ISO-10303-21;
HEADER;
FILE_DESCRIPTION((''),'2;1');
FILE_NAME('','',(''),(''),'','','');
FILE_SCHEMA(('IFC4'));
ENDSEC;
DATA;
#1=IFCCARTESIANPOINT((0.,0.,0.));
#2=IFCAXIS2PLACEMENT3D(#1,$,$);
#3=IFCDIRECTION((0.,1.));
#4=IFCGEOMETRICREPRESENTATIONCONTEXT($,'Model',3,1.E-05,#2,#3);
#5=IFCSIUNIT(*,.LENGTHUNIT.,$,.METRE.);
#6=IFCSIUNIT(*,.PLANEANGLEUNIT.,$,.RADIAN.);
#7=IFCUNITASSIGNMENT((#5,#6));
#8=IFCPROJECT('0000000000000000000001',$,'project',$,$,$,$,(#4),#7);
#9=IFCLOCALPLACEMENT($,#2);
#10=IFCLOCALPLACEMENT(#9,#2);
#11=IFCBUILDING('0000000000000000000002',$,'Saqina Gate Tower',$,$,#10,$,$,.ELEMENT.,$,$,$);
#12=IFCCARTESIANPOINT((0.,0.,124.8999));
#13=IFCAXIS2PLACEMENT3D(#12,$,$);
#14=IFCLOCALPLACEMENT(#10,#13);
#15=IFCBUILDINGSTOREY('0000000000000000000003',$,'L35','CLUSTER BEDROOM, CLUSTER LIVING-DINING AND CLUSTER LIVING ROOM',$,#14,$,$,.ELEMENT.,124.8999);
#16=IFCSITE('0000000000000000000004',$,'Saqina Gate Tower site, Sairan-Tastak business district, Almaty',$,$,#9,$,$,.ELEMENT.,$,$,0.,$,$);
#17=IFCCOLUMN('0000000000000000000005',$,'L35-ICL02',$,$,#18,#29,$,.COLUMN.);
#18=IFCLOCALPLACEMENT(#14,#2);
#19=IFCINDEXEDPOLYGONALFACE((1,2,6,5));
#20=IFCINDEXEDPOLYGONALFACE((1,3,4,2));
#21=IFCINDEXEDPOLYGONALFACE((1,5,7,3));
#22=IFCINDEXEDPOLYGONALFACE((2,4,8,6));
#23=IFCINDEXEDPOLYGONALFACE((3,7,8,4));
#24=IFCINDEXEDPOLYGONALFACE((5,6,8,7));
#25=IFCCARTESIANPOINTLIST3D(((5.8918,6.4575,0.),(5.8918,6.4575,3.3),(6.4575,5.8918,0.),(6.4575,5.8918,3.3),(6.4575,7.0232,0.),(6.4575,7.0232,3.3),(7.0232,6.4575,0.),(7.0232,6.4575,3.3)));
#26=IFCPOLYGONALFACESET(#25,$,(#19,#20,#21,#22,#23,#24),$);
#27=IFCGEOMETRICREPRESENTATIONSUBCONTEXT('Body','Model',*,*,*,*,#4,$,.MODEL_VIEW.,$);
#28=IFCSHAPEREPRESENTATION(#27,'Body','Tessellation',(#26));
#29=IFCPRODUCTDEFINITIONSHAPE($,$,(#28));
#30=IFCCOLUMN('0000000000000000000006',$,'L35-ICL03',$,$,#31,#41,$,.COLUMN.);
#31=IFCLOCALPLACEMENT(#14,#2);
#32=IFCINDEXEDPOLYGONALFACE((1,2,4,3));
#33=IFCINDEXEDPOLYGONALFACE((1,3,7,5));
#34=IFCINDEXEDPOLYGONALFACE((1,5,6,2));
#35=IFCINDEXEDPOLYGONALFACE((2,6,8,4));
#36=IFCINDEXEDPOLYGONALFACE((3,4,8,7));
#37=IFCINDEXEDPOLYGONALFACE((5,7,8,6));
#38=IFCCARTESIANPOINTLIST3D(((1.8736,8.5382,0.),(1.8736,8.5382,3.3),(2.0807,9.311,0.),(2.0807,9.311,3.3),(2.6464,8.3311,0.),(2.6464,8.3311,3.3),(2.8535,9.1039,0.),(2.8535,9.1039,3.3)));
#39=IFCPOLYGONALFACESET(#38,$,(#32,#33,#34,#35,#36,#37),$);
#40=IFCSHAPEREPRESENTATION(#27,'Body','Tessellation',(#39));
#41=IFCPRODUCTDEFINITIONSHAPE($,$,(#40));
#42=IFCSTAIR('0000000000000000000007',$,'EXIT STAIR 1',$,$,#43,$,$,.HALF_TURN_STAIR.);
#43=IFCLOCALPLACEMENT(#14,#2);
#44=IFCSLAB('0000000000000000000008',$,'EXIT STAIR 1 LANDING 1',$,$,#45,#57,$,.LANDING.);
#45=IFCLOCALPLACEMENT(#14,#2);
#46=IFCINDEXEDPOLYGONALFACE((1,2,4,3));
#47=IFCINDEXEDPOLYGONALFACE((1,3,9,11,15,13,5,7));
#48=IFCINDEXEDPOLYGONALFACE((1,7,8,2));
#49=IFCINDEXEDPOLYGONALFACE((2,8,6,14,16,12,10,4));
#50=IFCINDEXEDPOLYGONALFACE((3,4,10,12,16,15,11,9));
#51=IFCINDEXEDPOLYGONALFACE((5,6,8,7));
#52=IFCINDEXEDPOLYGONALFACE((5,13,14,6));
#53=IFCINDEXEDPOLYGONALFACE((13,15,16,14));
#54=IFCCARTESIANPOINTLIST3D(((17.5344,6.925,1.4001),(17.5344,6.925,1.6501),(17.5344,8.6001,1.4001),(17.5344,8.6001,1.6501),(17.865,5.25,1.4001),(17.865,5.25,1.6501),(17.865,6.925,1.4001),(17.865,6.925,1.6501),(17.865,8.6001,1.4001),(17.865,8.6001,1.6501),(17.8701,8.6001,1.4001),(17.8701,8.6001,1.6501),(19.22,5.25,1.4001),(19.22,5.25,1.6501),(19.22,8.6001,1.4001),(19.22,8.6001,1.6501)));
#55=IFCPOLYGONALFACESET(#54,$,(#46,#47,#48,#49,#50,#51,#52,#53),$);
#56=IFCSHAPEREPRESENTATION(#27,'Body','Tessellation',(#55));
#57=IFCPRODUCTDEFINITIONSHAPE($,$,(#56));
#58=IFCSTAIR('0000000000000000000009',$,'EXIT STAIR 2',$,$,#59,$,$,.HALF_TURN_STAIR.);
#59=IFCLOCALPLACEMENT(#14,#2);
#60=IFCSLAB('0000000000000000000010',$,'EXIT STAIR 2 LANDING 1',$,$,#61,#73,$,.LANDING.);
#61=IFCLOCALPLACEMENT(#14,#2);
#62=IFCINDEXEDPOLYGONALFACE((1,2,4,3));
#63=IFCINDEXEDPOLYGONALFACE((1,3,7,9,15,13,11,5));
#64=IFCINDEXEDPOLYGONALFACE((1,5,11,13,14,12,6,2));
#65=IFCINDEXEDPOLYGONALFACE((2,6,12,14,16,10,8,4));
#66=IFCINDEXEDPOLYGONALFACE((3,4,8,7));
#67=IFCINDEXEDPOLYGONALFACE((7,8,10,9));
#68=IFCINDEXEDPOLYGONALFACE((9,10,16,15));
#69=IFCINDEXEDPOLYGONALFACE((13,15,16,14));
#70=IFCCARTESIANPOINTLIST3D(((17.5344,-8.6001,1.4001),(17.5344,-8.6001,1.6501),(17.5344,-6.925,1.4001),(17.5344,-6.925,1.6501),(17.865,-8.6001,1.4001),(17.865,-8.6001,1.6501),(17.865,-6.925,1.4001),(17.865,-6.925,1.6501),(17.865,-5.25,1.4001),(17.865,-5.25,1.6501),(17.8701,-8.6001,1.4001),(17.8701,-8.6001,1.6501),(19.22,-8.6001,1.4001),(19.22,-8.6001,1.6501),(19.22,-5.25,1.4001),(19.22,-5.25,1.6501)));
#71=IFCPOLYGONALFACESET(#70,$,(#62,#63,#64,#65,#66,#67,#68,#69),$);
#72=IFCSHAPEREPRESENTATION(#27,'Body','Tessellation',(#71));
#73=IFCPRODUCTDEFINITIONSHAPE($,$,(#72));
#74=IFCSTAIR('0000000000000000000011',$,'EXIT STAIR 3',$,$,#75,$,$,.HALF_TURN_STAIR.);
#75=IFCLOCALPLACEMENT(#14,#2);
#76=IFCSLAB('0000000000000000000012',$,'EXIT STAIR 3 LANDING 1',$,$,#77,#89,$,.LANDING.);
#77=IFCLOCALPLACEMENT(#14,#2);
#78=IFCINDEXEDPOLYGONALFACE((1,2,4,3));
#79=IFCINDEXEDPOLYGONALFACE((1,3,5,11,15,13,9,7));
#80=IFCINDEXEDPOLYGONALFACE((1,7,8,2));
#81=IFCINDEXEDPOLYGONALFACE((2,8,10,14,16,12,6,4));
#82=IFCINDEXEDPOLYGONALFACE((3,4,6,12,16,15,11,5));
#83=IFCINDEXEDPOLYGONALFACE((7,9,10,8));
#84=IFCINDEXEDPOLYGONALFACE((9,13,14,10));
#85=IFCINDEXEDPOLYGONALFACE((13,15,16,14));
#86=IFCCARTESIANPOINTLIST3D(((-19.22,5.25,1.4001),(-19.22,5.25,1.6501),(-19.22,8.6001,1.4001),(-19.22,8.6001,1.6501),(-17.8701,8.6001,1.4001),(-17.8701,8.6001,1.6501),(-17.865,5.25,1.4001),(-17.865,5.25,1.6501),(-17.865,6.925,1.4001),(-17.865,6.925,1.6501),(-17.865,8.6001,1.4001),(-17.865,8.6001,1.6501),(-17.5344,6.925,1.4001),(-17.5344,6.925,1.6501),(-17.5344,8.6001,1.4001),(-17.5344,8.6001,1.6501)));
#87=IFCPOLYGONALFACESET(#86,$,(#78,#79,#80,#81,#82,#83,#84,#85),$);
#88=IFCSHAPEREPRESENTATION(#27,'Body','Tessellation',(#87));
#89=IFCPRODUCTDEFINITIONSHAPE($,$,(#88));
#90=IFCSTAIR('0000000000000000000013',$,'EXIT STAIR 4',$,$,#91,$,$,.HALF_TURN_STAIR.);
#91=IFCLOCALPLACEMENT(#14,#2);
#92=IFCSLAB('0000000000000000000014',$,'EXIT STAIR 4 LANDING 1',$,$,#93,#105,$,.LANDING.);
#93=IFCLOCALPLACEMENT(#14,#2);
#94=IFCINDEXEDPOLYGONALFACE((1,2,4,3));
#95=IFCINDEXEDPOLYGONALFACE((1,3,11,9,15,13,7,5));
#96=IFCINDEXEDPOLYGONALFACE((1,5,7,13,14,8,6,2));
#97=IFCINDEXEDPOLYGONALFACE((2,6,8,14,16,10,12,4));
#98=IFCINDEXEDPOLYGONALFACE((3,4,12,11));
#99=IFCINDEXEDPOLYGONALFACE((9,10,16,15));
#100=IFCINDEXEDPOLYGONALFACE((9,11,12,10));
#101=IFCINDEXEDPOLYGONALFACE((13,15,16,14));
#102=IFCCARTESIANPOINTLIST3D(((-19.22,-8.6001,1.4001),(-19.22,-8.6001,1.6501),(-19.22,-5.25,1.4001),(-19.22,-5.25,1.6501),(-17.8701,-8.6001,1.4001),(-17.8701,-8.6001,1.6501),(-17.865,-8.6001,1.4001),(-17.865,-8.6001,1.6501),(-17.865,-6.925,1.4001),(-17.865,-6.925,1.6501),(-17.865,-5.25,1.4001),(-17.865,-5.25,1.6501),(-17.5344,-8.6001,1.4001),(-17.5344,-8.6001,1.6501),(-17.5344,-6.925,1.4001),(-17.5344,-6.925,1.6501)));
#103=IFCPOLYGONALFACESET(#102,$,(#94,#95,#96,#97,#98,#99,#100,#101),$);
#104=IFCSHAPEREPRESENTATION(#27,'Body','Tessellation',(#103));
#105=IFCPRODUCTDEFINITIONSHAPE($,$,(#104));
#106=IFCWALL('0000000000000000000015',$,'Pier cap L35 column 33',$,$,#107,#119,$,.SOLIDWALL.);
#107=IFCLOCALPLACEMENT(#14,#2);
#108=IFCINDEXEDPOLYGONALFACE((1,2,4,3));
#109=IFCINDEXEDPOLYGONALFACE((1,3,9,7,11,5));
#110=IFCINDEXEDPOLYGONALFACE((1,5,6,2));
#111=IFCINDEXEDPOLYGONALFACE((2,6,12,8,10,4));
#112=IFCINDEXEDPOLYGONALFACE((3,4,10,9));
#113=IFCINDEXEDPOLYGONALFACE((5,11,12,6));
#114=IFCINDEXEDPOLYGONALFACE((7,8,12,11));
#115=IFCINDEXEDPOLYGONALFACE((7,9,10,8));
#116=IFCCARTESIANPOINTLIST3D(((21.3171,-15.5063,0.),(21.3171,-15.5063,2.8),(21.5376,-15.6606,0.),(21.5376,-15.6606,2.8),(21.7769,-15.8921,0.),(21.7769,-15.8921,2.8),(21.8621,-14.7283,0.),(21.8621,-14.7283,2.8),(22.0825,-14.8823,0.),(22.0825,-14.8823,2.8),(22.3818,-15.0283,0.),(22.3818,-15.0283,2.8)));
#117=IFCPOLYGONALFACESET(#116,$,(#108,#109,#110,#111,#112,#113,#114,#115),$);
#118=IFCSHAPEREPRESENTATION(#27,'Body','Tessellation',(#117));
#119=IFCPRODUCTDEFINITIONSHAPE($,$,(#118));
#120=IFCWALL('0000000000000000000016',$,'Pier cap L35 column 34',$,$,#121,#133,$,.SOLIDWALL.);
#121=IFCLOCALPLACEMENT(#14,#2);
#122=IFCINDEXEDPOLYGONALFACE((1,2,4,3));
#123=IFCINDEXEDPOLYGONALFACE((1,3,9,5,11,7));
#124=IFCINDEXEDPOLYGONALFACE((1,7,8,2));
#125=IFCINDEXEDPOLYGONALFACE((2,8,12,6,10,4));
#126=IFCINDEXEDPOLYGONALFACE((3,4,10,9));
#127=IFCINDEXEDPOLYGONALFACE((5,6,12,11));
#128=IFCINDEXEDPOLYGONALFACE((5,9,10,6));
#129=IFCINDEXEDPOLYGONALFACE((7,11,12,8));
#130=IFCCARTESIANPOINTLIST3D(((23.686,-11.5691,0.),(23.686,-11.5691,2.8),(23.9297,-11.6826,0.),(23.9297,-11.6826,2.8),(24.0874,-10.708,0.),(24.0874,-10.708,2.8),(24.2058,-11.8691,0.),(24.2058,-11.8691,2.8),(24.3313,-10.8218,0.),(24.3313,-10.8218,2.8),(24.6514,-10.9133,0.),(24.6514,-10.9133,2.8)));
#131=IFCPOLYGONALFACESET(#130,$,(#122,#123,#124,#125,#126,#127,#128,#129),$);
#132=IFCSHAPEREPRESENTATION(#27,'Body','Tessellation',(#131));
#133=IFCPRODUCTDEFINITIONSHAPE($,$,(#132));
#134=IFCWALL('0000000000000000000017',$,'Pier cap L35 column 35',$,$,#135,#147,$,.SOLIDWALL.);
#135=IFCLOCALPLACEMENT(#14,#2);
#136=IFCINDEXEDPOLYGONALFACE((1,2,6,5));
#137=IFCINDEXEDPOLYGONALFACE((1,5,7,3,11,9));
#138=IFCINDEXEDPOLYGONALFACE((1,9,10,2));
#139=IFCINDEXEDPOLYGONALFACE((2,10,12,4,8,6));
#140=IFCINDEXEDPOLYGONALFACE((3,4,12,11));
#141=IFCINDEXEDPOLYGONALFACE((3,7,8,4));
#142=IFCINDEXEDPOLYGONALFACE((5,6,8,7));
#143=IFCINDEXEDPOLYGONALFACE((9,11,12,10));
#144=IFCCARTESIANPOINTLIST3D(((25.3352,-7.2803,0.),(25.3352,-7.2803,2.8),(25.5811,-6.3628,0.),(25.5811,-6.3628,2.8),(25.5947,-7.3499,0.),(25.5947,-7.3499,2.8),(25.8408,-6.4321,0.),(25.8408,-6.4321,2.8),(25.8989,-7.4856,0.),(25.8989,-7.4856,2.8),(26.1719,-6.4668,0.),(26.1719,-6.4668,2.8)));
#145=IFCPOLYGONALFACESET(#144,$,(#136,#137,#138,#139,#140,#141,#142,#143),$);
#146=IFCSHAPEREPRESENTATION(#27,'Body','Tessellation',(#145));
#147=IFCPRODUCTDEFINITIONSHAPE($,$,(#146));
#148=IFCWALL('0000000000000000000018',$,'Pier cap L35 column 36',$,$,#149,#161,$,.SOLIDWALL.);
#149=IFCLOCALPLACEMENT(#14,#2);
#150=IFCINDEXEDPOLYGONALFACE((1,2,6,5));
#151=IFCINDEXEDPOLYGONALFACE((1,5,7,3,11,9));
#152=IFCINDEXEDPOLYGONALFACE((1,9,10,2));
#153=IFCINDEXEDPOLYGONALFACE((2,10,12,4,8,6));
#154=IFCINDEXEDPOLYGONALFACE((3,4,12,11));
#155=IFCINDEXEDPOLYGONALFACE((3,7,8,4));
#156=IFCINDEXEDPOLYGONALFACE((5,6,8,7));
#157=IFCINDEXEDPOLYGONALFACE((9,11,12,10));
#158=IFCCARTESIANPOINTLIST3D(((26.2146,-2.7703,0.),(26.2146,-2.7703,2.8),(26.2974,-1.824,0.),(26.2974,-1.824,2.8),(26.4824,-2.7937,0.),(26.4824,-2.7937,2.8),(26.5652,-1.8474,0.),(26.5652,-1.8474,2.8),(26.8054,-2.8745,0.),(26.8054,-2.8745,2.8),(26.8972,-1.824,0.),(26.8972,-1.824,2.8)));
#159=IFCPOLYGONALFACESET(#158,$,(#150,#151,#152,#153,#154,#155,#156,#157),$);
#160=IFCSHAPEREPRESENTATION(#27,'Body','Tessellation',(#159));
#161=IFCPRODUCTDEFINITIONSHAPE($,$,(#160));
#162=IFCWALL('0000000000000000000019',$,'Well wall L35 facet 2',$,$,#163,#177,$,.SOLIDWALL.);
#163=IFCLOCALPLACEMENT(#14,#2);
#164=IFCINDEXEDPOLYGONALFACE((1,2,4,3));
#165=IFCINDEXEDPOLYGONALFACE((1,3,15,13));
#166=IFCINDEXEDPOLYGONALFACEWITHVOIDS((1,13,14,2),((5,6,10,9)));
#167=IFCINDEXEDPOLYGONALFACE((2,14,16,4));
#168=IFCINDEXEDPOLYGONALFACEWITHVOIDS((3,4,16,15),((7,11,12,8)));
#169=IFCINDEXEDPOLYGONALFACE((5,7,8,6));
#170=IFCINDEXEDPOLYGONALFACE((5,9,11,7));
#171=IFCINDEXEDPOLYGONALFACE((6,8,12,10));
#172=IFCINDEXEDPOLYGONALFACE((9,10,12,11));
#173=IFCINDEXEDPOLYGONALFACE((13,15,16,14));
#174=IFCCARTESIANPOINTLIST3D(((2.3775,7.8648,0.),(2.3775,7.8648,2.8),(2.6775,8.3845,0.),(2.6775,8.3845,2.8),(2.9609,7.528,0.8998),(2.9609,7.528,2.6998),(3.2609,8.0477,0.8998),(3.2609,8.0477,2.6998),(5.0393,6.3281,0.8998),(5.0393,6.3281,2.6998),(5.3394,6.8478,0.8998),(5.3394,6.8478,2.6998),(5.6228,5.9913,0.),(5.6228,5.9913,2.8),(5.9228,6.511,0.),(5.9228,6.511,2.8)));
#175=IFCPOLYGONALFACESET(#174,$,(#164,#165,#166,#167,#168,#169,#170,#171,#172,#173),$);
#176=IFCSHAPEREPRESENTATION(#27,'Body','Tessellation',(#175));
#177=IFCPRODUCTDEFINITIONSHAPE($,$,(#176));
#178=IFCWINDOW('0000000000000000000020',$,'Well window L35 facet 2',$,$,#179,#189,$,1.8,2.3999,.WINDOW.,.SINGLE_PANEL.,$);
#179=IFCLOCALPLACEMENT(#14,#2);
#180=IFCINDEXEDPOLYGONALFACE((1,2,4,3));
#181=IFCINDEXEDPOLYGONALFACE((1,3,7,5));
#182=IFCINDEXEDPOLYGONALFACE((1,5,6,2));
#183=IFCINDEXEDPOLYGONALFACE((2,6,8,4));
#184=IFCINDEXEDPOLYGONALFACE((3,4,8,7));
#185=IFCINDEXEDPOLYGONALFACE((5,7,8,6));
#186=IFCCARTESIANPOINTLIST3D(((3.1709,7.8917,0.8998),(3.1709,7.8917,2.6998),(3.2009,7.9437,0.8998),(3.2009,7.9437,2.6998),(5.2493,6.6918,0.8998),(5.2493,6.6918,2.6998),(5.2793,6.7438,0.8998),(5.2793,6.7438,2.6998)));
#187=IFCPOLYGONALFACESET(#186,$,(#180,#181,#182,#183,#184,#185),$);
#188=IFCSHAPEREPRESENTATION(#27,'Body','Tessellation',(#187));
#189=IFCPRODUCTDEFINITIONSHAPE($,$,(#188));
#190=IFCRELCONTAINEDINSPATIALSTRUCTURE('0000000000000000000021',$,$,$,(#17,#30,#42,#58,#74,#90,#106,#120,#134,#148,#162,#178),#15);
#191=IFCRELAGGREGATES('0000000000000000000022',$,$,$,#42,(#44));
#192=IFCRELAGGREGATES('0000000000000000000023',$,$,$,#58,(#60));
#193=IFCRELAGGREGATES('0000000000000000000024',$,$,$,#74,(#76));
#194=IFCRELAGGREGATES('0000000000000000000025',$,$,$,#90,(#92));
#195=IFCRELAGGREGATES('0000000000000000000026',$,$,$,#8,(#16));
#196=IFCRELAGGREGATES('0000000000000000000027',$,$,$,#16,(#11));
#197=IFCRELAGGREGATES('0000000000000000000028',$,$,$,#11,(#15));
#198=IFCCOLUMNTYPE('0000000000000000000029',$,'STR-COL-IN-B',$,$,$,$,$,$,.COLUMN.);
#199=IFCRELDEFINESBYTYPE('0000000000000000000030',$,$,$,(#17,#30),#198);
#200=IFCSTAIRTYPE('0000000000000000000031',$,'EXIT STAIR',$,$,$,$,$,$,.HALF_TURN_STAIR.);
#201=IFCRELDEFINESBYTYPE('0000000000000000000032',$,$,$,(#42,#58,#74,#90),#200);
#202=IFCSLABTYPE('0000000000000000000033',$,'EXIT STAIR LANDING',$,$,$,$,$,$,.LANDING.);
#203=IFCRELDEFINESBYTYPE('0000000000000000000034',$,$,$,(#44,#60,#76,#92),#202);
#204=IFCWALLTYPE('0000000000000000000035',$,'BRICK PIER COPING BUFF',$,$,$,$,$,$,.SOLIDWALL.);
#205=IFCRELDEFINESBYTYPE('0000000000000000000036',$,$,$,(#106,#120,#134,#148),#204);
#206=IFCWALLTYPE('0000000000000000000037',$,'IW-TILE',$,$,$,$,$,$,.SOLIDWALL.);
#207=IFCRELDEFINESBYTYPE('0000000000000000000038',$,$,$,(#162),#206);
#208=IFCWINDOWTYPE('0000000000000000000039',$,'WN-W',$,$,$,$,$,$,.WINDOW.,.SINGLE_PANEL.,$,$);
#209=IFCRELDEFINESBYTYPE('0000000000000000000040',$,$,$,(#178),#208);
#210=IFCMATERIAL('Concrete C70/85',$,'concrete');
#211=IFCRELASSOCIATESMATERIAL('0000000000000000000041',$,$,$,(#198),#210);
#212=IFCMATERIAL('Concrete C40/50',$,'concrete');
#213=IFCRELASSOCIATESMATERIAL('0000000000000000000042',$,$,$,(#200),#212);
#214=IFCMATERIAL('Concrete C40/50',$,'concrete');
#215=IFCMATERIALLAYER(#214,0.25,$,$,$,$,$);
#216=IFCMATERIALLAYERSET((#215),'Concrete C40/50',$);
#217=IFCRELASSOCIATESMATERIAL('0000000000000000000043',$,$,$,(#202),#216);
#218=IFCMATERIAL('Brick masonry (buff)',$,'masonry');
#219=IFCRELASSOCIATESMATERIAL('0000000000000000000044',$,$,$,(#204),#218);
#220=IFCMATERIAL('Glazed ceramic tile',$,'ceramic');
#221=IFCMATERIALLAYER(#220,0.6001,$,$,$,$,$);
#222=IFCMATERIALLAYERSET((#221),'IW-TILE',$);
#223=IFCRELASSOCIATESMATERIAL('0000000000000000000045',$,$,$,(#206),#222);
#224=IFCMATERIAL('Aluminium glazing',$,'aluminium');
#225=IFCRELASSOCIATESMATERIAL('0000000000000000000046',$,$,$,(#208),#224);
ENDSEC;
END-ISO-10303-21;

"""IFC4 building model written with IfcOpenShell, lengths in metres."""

from ifc_helpers import new_model, si_unit, direction, frame, frame_2d, origin, origin_2d, place, context, subcontext, project, spatial, polyline, rectangle, outline, extrude, material, layer, layer_set, material_profile, profile_set, type_object, element, fill, aggregate, save


model = new_model("IFC4")

# Units and contexts
model_context = context("Model", 3, precision=1e-05, world=origin(), true_north=direction((0.0, 1.0)))
body_context = subcontext(model_context, "Body", "Model", "MODEL_VIEW")
ifc_project = project(units=[si_unit("LENGTHUNIT", "METRE"), si_unit("PLANEANGLEUNIT", "RADIAN")], contexts=[model_context])

# Site, building, storey
site_placement = place(None, origin())
site = spatial("IfcSite", under=ifc_project, at=site_placement, Name="Saqina Gate Tower site, Sairan-Tastak business district, Almaty", CompositionType="ELEMENT", RefElevation=0.0)
building_placement = place(site_placement, origin())
building = spatial("IfcBuilding", under=site, at=building_placement, Name="Saqina Gate Tower", CompositionType="ELEMENT")
storey_placement = place(building_placement, frame((0.0, 0.0, 124.8999)))
storey = spatial("IfcBuildingStorey", under=building, at=storey_placement, Name="L35", Description="CLUSTER BEDROOM, CLUSTER LIVING-DINING AND CLUSTER LIVING ROOM", CompositionType="ELEMENT", Elevation=124.8999)

# Columns
ifc_material_1 = material(Name="Concrete C70/85", Category="concrete")
ifc_material_profile = material_profile(ifc_material_1, rectangle(XDim=0.8, YDim=0.8, at=origin_2d()), Name="RC 800x800")
ifc_profile_set = profile_set([ifc_material_profile], Name="Concrete C70/85")
column_type = type_object("IfcColumnType", Name="STR-COL-IN-B", PredefinedType="COLUMN", material=ifc_profile_set)
for number, where, z_axis, x_axis, name in (
    (1, (6.4575, 6.4575, 0.0), (0.0, 0.0, 1.0), (0.707107, 0.707107, 0.0), "L35-ICL02"),
    (2, (2.3635, 8.821, 0.0), (0.0, 0.0, 1.0), (0.258819, 0.965926, 0.0), "L35-ICL03"),
):
    element("IfcColumn", number, at=place(storey_placement, frame(where, z_axis=z_axis, x_axis=x_axis)), inside=storey, type_object=column_type, Name=name, PredefinedType="COLUMN", context=body_context, shape_type="SweptSolid", body=[
        extrude(rectangle(XDim=0.8, YDim=0.8, at=origin_2d()), origin(), (0.0, 0.0, 1.0), 3.3),
    ])

# Stairs, slabs
ifc_material_2 = material(Name="Concrete C40/50", Category="concrete")
stair_type = type_object("IfcStairType", Name="EXIT STAIR", PredefinedType="HALF_TURN_STAIR", material=ifc_material_2)
stair_1_placement = place(storey_placement, origin())
stair_1 = element("IfcStair", 3, at=stair_1_placement, inside=storey, type_object=stair_type, Name="EXIT STAIR 1", PredefinedType="HALF_TURN_STAIR")
ifc_material_3 = material(Name="Concrete C40/50", Category="concrete")
ifc_layer_1 = layer(ifc_material_3, 0.25)
ifc_layer_set_1 = layer_set([ifc_layer_1], Name="Concrete C40/50")
slab_type = type_object("IfcSlabType", Name="EXIT STAIR LANDING", PredefinedType="LANDING", material=ifc_layer_set_1)
slab_1_placement = place(storey_placement, frame((0.0, 0.0, 1.4001)))
slab_1 = element("IfcSlab", 4, at=slab_1_placement, type_object=slab_type, Name="EXIT STAIR 1 LANDING 1", PredefinedType="LANDING", context=body_context, shape_type="SweptSolid", body=[
    extrude(outline(polyline([(19.22, 8.6001), (19.22, 5.25), (17.865, 5.25), (17.865, 6.925), (17.5344, 6.925), (17.5344, 8.6001), (17.865, 8.6001), (17.8701, 8.6001), (19.22, 8.6001)])), origin(), (0.0, 0.0, 1.0), 0.25),
])
aggregate(stair_1, [slab_1])
stair_2_placement = place(storey_placement, origin())
stair_2 = element("IfcStair", 5, at=stair_2_placement, inside=storey, type_object=stair_type, Name="EXIT STAIR 2", PredefinedType="HALF_TURN_STAIR")
slab_2_placement = place(storey_placement, frame((0.0, 0.0, 1.4001)))
slab_2 = element("IfcSlab", 6, at=slab_2_placement, type_object=slab_type, Name="EXIT STAIR 2 LANDING 1", PredefinedType="LANDING", context=body_context, shape_type="SweptSolid", body=[
    extrude(outline(polyline([(17.5344, -8.6001), (17.5344, -6.925), (17.865, -6.925), (17.865, -5.25), (19.22, -5.25), (19.22, -8.6001), (17.8701, -8.6001), (17.865, -8.6001), (17.5344, -8.6001)])), origin(), (0.0, 0.0, 1.0), 0.25),
])
aggregate(stair_2, [slab_2])
stair_3_placement = place(storey_placement, origin())
stair_3 = element("IfcStair", 7, at=stair_3_placement, inside=storey, type_object=stair_type, Name="EXIT STAIR 3", PredefinedType="HALF_TURN_STAIR")
slab_3_placement = place(storey_placement, frame((0.0, 0.0, 1.4001)))
slab_3 = element("IfcSlab", 8, at=slab_3_placement, type_object=slab_type, Name="EXIT STAIR 3 LANDING 1", PredefinedType="LANDING", context=body_context, shape_type="SweptSolid", body=[
    extrude(outline(polyline([(-17.865, 5.25), (-19.22, 5.25), (-19.22, 8.6001), (-17.8701, 8.6001), (-17.865, 8.6001), (-17.5344, 8.6001), (-17.5344, 6.925), (-17.865, 6.925), (-17.865, 5.25)])), origin(), (0.0, 0.0, 1.0), 0.25),
])
aggregate(stair_3, [slab_3])
stair_4_placement = place(storey_placement, origin())
stair_4 = element("IfcStair", 9, at=stair_4_placement, inside=storey, type_object=stair_type, Name="EXIT STAIR 4", PredefinedType="HALF_TURN_STAIR")
slab_4_placement = place(storey_placement, frame((0.0, 0.0, 1.4001)))
slab_4 = element("IfcSlab", 10, at=slab_4_placement, type_object=slab_type, Name="EXIT STAIR 4 LANDING 1", PredefinedType="LANDING", context=body_context, shape_type="SweptSolid", body=[
    extrude(outline(polyline([(-17.5344, -6.925), (-17.5344, -8.6001), (-17.865, -8.6001), (-17.8701, -8.6001), (-19.22, -8.6001), (-19.22, -5.25), (-17.865, -5.25), (-17.865, -6.925), (-17.5344, -6.925)])), origin(), (0.0, 0.0, 1.0), 0.25),
])
aggregate(stair_4, [slab_4])

# Walls
ifc_material_4 = material(Name="Brick masonry (buff)", Category="masonry")
wall_type_1 = type_object("IfcWallType", Name="BRICK PIER COPING BUFF", PredefinedType="SOLIDWALL", material=ifc_material_4)
wall_1_placement = place(storey_placement, origin())
element("IfcWall", 11, at=wall_1_placement, inside=storey, type_object=wall_type_1, Name="Pier cap L35 column 33", PredefinedType="SOLIDWALL", context=body_context, shape_type="SweptSolid", body=[
    extrude(outline(polyline([(22.3818, -15.0283), (21.8621, -14.7283), (22.0825, -14.8823), (21.5376, -15.6606), (21.3171, -15.5063), (21.7769, -15.8921), (22.3818, -15.0283)])), origin(), (0.0, 0.0, 1.0), 2.8),
])
wall_2_placement = place(storey_placement, origin())
element("IfcWall", 12, at=wall_2_placement, inside=storey, type_object=wall_type_1, Name="Pier cap L35 column 34", PredefinedType="SOLIDWALL", context=body_context, shape_type="SweptSolid", body=[
    extrude(outline(polyline([(24.6514, -10.9133), (24.0874, -10.708), (24.3313, -10.8218), (23.9297, -11.6826), (23.686, -11.5691), (24.2058, -11.8691), (24.6514, -10.9133)])), origin(), (0.0, 0.0, 1.0), 2.8),
])
wall_3_placement = place(storey_placement, origin())
element("IfcWall", 13, at=wall_3_placement, inside=storey, type_object=wall_type_1, Name="Pier cap L35 column 35", PredefinedType="SOLIDWALL", context=body_context, shape_type="SweptSolid", body=[
    extrude(outline(polyline([(25.8989, -7.4856), (26.1719, -6.4668), (25.5811, -6.3628), (25.8408, -6.4321), (25.5947, -7.3499), (25.3352, -7.2803), (25.8989, -7.4856)])), origin(), (0.0, 0.0, 1.0), 2.8),
])
wall_4_placement = place(storey_placement, origin())
element("IfcWall", 14, at=wall_4_placement, inside=storey, type_object=wall_type_1, Name="Pier cap L35 column 36", PredefinedType="SOLIDWALL", context=body_context, shape_type="SweptSolid", body=[
    extrude(outline(polyline([(26.8054, -2.8745), (26.8972, -1.824), (26.2974, -1.824), (26.5652, -1.8474), (26.4824, -2.7937), (26.2146, -2.7703), (26.8054, -2.8745)])), origin(), (0.0, 0.0, 1.0), 2.8),
])

# Wall, opening, window
ifc_material_5 = material(Name="Glazed ceramic tile", Category="ceramic")
ifc_layer_2 = layer(ifc_material_5, 0.6001)
ifc_layer_set_2 = layer_set([ifc_layer_2], Name="IW-TILE")
wall_type_2 = type_object("IfcWallType", Name="IW-TILE", PredefinedType="SOLIDWALL", material=ifc_layer_set_2)
wall_5_placement = place(storey_placement, frame((5.7727, 6.2512, 0.0), z_axis=(0.0, 0.0, 1.0), x_axis=(-0.866046, 0.499965, 0.0)))
wall_5 = element("IfcWall", 15, at=wall_5_placement, inside=storey, type_object=wall_type_2, Name="Well wall L35 facet 2", PredefinedType="SOLIDWALL", context=body_context, shape_type="SweptSolid", body=[
    extrude(rectangle(XDim=3.7473, YDim=0.6001, at=frame_2d((1.8735, 0.0))), origin(), (0.0, 0.0, 1.0), 2.8),
])
opening_1_placement = place(wall_5_placement, frame((0.6736, 0.0, 0.8999)))
opening_1 = element("IfcOpeningElement", 16, at=opening_1_placement, cuts=wall_5, PredefinedType="OPENING", context=body_context, shape_type="SweptSolid", body=[
    extrude(rectangle(XDim=2.3999, YDim=1.8, at=frame_2d((1.2, 0.8999))), frame((0.0, 0.312, 0.0), z_axis=(0.0, -1.0, 0.0), x_axis=(1.0, 0.0, 0.0)), (0.0, 0.0, 1.0), 0.624),
])
ifc_material_6 = material(Name="Aluminium glazing", Category="aluminium")
window_type = type_object("IfcWindowType", Name="WN-W", PartitioningType="SINGLE_PANEL", PredefinedType="WINDOW", material=ifc_material_6)
window_1_placement = place(opening_1_placement, origin())
window_1 = element("IfcWindow", 17, at=window_1_placement, inside=storey, type_object=window_type, Name="Well window L35 facet 2", OverallHeight=1.8, OverallWidth=2.3999, PartitioningType="SINGLE_PANEL", PredefinedType="WINDOW", context=body_context, shape_type="SweptSolid", body=[
    extrude(rectangle(XDim=2.3999, YDim=1.8, at=frame_2d((1.2, 0.8999))), frame((0.0, -0.1199, 0.0), z_axis=(0.0, -1.0, 0.0), x_axis=(1.0, 0.0, 0.0)), (0.0, 0.0, 1.0), 0.0601),
])
fill(opening_1, window_1)

save(model, "model.ifc")
